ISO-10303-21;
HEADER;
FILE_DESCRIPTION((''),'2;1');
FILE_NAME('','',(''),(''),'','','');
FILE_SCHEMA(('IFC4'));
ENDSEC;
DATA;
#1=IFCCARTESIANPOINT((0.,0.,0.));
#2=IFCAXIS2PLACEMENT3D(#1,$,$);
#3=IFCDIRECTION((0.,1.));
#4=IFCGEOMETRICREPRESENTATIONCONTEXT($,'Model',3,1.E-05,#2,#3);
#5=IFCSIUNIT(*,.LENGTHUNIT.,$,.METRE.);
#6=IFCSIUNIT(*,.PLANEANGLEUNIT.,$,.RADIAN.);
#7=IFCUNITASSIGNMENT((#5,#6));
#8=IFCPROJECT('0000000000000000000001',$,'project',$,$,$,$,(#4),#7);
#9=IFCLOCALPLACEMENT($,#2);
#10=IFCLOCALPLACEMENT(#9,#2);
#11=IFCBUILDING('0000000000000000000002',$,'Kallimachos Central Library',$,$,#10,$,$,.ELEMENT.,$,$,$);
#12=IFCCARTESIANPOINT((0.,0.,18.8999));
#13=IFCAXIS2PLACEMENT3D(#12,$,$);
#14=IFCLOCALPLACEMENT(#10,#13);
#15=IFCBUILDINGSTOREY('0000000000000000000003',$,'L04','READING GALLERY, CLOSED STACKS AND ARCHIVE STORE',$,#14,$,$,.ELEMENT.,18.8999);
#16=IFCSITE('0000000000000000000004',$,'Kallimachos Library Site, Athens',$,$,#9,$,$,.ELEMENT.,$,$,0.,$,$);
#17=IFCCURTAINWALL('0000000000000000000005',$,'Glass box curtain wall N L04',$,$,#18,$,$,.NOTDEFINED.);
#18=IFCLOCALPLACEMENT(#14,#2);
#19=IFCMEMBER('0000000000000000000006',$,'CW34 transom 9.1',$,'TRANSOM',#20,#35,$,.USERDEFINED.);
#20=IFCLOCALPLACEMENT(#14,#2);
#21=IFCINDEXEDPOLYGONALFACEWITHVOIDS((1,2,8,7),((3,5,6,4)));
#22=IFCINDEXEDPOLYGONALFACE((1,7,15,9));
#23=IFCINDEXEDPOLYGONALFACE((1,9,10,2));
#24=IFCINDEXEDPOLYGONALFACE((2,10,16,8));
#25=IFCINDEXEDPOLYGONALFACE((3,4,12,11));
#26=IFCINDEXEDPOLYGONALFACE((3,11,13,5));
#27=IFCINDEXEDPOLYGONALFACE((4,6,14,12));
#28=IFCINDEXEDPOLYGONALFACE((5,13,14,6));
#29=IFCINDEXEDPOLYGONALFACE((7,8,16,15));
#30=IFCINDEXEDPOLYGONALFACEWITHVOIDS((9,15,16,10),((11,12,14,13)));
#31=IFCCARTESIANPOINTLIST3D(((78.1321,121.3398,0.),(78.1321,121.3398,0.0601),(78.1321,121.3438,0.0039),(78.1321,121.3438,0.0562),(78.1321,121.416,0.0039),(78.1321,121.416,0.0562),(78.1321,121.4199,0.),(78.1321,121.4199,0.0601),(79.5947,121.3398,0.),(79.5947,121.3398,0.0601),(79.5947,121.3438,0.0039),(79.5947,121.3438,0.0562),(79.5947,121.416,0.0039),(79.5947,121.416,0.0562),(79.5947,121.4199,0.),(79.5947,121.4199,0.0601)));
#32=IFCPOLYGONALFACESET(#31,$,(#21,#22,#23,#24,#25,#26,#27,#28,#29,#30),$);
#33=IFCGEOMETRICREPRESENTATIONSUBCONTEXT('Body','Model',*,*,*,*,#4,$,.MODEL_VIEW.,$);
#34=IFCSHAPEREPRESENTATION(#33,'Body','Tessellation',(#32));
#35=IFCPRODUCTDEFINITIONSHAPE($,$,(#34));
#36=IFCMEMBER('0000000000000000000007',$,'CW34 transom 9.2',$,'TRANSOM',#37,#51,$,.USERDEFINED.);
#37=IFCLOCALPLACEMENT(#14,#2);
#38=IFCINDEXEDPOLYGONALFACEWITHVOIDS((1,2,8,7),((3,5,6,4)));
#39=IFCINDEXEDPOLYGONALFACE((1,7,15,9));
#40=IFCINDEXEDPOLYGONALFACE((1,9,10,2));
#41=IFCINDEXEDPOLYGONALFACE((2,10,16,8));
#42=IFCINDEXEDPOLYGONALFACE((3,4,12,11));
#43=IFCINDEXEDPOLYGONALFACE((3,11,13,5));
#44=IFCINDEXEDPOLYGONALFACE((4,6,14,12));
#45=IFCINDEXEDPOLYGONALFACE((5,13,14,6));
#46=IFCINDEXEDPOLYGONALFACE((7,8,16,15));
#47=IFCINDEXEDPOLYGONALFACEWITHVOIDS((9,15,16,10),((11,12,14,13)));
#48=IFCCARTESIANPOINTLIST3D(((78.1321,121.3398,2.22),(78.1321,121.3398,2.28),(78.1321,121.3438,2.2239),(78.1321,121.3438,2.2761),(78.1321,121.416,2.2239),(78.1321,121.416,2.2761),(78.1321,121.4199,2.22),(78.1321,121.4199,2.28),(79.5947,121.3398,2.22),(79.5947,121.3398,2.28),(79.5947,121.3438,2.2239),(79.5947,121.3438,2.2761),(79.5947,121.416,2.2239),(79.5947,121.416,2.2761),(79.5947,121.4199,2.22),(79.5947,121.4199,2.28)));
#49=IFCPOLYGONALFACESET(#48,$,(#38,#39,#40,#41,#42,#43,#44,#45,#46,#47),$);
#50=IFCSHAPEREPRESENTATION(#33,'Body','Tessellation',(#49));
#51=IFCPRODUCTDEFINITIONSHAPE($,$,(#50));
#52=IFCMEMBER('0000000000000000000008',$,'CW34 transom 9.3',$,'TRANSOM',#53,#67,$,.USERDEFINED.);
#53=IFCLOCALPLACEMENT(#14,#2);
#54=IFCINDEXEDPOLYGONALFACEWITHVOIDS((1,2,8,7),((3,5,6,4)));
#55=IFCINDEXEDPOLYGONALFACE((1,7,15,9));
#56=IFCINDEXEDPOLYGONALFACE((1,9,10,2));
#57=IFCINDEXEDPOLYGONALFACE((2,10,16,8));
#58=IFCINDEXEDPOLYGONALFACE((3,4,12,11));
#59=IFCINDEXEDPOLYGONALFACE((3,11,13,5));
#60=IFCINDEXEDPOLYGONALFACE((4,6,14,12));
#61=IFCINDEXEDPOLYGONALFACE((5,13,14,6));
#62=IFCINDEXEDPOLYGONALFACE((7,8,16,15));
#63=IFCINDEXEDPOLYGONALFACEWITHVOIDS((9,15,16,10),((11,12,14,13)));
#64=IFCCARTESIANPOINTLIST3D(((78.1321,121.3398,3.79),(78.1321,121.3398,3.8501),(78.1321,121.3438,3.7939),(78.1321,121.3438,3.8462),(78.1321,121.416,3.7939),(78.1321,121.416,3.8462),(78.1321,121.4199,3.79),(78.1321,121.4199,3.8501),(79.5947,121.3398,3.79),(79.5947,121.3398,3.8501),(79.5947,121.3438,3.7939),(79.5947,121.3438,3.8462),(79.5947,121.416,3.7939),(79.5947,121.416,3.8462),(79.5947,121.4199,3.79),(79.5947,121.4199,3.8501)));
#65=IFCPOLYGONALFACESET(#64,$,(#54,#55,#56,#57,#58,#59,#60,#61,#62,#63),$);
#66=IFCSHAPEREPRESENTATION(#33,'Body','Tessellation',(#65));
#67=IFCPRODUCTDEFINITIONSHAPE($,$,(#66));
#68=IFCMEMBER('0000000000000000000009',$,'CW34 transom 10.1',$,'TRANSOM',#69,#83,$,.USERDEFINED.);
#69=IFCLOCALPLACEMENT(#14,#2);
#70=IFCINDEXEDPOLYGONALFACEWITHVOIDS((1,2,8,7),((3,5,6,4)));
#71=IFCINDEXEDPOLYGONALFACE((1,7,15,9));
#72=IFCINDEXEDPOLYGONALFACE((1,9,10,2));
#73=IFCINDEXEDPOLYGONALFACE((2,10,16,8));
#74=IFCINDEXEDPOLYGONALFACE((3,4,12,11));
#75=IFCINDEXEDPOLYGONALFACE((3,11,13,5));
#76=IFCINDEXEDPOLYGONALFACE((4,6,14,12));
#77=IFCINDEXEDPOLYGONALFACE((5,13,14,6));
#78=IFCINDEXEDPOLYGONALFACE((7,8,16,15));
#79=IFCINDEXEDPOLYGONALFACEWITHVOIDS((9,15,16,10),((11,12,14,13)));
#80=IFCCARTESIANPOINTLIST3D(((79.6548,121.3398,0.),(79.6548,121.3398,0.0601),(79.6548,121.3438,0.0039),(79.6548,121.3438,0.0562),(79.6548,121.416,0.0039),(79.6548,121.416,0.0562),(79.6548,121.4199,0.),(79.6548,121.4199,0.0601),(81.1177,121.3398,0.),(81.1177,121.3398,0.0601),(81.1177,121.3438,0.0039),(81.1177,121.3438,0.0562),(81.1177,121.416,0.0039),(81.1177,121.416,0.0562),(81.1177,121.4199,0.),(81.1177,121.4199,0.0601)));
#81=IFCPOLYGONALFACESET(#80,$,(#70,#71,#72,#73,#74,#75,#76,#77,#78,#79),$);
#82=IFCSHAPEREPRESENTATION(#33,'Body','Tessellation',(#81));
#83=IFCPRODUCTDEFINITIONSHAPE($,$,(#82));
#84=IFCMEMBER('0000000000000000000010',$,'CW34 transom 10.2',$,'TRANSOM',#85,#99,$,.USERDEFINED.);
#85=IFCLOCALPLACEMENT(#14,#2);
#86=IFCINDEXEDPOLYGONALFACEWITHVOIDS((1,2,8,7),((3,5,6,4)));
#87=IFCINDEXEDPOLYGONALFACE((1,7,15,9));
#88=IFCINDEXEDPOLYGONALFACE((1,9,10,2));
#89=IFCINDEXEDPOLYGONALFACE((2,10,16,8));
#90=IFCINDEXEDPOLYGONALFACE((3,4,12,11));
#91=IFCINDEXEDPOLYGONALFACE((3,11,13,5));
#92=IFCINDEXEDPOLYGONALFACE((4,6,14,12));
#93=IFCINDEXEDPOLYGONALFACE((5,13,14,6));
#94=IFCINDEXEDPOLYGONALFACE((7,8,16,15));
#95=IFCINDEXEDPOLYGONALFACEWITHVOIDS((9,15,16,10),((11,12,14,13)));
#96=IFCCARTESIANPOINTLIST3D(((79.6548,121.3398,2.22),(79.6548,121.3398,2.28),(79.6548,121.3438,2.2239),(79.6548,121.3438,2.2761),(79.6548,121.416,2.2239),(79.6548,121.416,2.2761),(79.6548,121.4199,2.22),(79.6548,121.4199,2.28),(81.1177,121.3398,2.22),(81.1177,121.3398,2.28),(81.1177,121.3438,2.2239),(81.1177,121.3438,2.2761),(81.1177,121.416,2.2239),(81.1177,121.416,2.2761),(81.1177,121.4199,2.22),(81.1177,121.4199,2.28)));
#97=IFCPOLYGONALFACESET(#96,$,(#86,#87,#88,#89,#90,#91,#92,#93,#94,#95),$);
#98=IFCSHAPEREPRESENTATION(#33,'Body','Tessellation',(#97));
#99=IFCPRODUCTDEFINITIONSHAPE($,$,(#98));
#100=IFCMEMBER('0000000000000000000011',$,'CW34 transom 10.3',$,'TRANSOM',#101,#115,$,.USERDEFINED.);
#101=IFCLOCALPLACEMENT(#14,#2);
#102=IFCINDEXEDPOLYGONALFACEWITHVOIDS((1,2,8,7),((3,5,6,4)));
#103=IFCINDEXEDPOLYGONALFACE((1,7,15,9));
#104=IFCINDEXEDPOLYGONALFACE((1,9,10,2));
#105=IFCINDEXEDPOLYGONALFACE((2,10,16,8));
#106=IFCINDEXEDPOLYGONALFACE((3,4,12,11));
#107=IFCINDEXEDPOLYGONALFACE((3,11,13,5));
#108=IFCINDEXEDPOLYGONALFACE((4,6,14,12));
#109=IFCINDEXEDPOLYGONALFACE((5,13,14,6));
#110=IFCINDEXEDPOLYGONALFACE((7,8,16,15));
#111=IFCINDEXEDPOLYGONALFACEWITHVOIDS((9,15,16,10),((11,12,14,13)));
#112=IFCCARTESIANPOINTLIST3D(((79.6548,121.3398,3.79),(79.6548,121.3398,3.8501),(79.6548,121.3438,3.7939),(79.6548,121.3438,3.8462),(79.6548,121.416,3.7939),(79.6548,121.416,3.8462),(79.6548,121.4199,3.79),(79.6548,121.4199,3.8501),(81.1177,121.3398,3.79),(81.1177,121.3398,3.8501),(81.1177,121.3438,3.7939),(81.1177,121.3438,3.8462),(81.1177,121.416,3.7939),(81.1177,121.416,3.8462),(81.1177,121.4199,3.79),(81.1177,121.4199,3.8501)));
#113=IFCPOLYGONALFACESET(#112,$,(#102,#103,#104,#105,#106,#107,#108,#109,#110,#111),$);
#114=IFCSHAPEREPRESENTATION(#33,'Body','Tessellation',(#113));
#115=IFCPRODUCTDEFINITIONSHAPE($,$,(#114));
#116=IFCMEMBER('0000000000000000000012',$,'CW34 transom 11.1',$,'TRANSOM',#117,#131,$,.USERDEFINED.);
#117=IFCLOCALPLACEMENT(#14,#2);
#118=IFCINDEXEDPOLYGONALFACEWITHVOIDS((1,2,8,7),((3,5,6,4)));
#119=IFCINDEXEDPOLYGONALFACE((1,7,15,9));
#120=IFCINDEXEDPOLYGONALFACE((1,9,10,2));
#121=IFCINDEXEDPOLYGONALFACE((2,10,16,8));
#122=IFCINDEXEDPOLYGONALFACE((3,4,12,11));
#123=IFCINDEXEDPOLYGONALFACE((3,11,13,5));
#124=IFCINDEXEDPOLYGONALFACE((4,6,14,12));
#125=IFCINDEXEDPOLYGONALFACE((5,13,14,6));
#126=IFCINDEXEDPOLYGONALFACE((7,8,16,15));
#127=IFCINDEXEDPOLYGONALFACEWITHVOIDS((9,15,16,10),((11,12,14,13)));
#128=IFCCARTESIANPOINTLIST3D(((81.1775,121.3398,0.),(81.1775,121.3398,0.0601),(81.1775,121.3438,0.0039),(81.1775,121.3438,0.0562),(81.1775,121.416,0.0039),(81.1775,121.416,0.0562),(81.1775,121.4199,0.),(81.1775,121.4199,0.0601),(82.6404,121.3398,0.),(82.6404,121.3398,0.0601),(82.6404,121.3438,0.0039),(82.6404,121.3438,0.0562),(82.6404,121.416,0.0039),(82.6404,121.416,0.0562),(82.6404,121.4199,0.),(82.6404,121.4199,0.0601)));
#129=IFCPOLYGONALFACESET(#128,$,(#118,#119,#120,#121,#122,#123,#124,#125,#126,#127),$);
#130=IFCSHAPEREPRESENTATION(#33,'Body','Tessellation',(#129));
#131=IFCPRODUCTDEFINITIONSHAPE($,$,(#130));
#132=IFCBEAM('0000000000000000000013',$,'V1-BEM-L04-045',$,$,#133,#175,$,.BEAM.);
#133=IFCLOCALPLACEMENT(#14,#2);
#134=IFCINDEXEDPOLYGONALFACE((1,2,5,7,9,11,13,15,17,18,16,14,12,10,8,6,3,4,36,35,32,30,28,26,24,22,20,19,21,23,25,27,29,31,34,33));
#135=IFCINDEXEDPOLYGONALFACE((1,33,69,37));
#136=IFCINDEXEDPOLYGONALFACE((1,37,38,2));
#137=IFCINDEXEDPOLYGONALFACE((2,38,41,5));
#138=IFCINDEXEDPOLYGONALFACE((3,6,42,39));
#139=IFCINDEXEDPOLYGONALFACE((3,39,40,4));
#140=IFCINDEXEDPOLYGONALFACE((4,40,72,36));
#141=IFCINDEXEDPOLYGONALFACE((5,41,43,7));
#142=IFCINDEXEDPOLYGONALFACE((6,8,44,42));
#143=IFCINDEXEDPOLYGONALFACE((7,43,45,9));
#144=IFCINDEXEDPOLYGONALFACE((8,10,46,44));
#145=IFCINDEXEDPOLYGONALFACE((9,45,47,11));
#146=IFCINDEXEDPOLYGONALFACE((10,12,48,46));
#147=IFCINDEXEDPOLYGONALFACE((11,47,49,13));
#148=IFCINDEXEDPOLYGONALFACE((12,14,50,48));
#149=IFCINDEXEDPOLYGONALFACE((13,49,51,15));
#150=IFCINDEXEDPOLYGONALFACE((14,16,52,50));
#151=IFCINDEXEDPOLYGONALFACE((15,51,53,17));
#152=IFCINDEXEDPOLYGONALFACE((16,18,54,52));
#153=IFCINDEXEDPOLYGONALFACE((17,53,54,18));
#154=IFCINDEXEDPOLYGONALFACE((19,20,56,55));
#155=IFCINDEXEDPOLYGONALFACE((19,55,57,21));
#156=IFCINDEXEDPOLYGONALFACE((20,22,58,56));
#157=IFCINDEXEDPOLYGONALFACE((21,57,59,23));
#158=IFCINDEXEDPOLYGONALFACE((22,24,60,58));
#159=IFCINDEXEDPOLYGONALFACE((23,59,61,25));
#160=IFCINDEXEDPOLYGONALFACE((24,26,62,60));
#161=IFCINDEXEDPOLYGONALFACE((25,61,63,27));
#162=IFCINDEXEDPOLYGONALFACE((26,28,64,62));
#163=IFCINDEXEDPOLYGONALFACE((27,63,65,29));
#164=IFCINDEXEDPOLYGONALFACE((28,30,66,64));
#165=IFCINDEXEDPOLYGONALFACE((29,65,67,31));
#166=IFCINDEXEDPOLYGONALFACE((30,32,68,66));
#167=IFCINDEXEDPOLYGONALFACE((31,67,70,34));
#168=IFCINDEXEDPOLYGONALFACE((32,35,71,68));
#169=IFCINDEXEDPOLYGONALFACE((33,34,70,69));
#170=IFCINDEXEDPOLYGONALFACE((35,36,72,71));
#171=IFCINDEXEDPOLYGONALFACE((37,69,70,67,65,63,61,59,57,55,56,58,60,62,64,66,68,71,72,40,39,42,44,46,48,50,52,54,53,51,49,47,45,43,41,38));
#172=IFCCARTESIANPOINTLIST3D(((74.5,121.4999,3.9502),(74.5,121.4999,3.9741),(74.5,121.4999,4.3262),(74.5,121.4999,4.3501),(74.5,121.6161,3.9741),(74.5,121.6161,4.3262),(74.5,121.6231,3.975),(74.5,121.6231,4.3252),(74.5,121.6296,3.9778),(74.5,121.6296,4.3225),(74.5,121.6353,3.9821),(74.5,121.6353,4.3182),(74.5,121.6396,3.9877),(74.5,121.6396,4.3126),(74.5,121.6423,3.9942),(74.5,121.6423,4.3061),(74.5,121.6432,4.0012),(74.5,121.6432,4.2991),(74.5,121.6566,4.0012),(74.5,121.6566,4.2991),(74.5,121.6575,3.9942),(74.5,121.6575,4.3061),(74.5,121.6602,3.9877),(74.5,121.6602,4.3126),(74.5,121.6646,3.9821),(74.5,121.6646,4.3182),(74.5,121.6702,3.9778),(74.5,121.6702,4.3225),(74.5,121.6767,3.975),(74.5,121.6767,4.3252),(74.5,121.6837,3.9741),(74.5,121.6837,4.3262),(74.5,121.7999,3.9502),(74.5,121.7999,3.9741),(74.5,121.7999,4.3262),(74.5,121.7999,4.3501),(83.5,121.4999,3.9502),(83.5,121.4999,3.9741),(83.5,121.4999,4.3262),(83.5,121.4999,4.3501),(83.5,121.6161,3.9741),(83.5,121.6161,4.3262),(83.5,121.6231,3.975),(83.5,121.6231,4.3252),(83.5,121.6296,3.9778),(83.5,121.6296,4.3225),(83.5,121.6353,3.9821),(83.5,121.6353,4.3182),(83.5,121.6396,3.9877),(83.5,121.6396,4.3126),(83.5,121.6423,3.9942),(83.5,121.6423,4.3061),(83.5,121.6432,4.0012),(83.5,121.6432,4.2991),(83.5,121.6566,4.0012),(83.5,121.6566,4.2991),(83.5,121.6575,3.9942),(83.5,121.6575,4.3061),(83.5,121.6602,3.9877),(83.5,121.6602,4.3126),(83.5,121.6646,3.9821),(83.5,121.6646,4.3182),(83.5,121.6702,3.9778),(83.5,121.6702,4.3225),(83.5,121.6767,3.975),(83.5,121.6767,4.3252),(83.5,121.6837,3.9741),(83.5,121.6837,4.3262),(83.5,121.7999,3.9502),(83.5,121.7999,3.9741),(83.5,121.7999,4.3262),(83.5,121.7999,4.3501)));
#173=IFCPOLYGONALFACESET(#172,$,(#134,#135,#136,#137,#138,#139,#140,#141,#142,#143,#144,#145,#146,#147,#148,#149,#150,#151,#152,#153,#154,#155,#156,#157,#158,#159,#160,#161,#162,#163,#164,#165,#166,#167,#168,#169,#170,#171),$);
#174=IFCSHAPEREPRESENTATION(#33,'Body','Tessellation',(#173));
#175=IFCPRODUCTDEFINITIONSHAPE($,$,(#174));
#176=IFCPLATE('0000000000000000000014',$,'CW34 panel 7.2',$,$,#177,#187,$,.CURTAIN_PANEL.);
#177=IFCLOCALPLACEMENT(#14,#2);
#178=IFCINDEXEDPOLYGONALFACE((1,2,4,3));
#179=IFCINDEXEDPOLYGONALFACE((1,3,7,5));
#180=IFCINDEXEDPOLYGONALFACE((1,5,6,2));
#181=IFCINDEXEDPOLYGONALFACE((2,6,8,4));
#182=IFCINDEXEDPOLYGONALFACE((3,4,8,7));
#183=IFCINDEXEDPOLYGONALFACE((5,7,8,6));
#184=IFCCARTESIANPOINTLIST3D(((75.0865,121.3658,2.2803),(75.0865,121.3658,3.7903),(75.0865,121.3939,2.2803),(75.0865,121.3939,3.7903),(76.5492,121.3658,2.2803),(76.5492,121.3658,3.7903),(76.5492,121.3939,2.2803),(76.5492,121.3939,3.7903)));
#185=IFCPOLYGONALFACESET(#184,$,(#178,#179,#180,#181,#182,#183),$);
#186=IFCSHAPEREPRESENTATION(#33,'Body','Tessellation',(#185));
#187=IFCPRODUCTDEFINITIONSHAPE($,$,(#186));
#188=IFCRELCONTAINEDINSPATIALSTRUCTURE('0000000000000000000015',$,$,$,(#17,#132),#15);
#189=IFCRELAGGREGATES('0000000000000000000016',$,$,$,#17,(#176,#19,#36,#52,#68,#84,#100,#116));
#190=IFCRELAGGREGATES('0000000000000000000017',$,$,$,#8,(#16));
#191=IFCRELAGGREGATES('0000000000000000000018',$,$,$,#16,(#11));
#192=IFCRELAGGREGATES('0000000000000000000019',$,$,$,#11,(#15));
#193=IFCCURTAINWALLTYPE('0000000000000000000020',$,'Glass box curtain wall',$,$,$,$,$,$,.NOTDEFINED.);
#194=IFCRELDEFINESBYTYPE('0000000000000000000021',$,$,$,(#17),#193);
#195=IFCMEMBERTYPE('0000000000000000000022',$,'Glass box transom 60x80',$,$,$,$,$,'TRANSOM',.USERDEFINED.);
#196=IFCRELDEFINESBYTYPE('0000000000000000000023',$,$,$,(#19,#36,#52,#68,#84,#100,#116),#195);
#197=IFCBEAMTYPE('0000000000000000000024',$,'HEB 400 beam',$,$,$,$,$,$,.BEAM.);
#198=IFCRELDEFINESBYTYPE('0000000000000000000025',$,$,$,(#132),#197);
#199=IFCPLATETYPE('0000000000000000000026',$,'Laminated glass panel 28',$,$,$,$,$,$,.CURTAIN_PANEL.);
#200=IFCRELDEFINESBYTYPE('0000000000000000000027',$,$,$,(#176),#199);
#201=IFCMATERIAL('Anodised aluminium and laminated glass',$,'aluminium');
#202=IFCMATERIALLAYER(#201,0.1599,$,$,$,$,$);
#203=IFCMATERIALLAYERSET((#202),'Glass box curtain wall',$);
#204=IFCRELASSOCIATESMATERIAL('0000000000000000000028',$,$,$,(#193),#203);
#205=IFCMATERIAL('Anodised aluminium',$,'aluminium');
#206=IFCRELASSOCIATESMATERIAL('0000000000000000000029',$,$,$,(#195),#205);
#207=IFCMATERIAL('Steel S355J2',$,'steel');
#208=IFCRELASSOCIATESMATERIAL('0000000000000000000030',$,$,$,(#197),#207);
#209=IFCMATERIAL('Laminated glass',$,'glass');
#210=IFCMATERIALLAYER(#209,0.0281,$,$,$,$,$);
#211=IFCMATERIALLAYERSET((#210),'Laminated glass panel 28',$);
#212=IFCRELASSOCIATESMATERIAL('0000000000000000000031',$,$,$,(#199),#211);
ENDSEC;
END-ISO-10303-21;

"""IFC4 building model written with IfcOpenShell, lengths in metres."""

from ifc_helpers import new_model, si_unit, direction, frame, origin, origin_2d, place, context, subcontext, project, spatial, rectangle, hollow_rectangle, i_section, extrude, material, layer, layer_set, material_profile, profile_set, type_object, element, aggregate, save


model = new_model("IFC4")

# Units and contexts
model_context = context("Model", 3, precision=1e-05, world=origin(), true_north=direction((0.0, 1.0)))
body_context = subcontext(model_context, "Body", "Model", "MODEL_VIEW")
ifc_project = project(units=[si_unit("LENGTHUNIT", "METRE"), si_unit("PLANEANGLEUNIT", "RADIAN")], contexts=[model_context])

# Site, building, storey
site_placement = place(None, origin())
site = spatial("IfcSite", under=ifc_project, at=site_placement, Name="Kallimachos Library Site, Athens", CompositionType="ELEMENT", RefElevation=0.0)
building_placement = place(site_placement, origin())
building = spatial("IfcBuilding", under=site, at=building_placement, Name="Kallimachos Central Library", CompositionType="ELEMENT")
storey_placement = place(building_placement, frame((0.0, 0.0, 18.8999)))
storey = spatial("IfcBuildingStorey", under=building, at=storey_placement, Name="L04", Description="READING GALLERY, CLOSED STACKS AND ARCHIVE STORE", CompositionType="ELEMENT", Elevation=18.8999)

# Curtain wall, members
ifc_material_1 = material(Name="Anodised aluminium and laminated glass", Category="aluminium")
ifc_layer_1 = layer(ifc_material_1, 0.1599)
ifc_layer_set_1 = layer_set([ifc_layer_1], Name="Glass box curtain wall")
curtain_wall_type = type_object("IfcCurtainWallType", Name="Glass box curtain wall", PredefinedType="NOTDEFINED", material=ifc_layer_set_1)
curtain_wall_placement = place(storey_placement, origin())
curtain_wall = element("IfcCurtainWall", 1, at=curtain_wall_placement, inside=storey, type_object=curtain_wall_type, Name="Glass box curtain wall N L04", PredefinedType="NOTDEFINED")
ifc_material_2 = material(Name="Anodised aluminium", Category="aluminium")
ifc_material_profile_1 = material_profile(ifc_material_2, hollow_rectangle(XDim=0.0601, YDim=0.0801, WallThickness=0.0039, at=origin_2d()), Name="ALU TRANSOM 60x80")
ifc_profile_set_1 = profile_set([ifc_material_profile_1], Name="Anodised aluminium")
member_type_1 = type_object("IfcMemberType", Name="Glass box transom 60x80", ElementType="TRANSOM", PredefinedType="USERDEFINED", material=ifc_profile_set_1)
member_1_placement = place(storey_placement, frame((78.1321, 121.3799, 0.03), z_axis=(1.0, 0.0, 0.0), x_axis=(0.0, 0.0, 1.0)))
member_1 = element("IfcMember", 2, at=member_1_placement, type_object=member_type_1, Name="CW34 transom 9.1", ObjectType="TRANSOM", PredefinedType="USERDEFINED", context=body_context, shape_type="SweptSolid", body=[
    extrude(hollow_rectangle(XDim=0.0601, YDim=0.0801, WallThickness=0.0039, at=origin_2d()), origin(), (0.0, 0.0, 1.0), 1.4626),
])
member_2_placement = place(storey_placement, frame((78.1321, 121.3799, 2.25), z_axis=(1.0, 0.0, 0.0), x_axis=(0.0, 0.0, 1.0)))
member_2 = element("IfcMember", 3, at=member_2_placement, type_object=member_type_1, Name="CW34 transom 9.2", ObjectType="TRANSOM", PredefinedType="USERDEFINED", context=body_context, shape_type="SweptSolid", body=[
    extrude(hollow_rectangle(XDim=0.0601, YDim=0.0801, WallThickness=0.0039, at=origin_2d()), origin(), (0.0, 0.0, 1.0), 1.4626),
])
member_3_placement = place(storey_placement, frame((78.1321, 121.3799, 3.8201), z_axis=(1.0, 0.0, 0.0), x_axis=(0.0, 0.0, 1.0)))
member_3 = element("IfcMember", 4, at=member_3_placement, type_object=member_type_1, Name="CW34 transom 9.3", ObjectType="TRANSOM", PredefinedType="USERDEFINED", context=body_context, shape_type="SweptSolid", body=[
    extrude(hollow_rectangle(XDim=0.0601, YDim=0.0801, WallThickness=0.0039, at=origin_2d()), origin(), (0.0, 0.0, 1.0), 1.4626),
])
member_4_placement = place(storey_placement, frame((79.6548, 121.3799, 0.03), z_axis=(1.0, 0.0, 0.0), x_axis=(0.0, 0.0, 1.0)))
member_4 = element("IfcMember", 5, at=member_4_placement, type_object=member_type_1, Name="CW34 transom 10.1", ObjectType="TRANSOM", PredefinedType="USERDEFINED", context=body_context, shape_type="SweptSolid", body=[
    extrude(hollow_rectangle(XDim=0.0601, YDim=0.0801, WallThickness=0.0039, at=origin_2d()), origin(), (0.0, 0.0, 1.0), 1.4629),
])
member_5_placement = place(storey_placement, frame((79.6548, 121.3799, 2.25), z_axis=(1.0, 0.0, 0.0), x_axis=(0.0, 0.0, 1.0)))
member_5 = element("IfcMember", 6, at=member_5_placement, type_object=member_type_1, Name="CW34 transom 10.2", ObjectType="TRANSOM", PredefinedType="USERDEFINED", context=body_context, shape_type="SweptSolid", body=[
    extrude(hollow_rectangle(XDim=0.0601, YDim=0.0801, WallThickness=0.0039, at=origin_2d()), origin(), (0.0, 0.0, 1.0), 1.4629),
])
member_6_placement = place(storey_placement, frame((79.6548, 121.3799, 3.8201), z_axis=(1.0, 0.0, 0.0), x_axis=(0.0, 0.0, 1.0)))
member_6 = element("IfcMember", 7, at=member_6_placement, type_object=member_type_1, Name="CW34 transom 10.3", ObjectType="TRANSOM", PredefinedType="USERDEFINED", context=body_context, shape_type="SweptSolid", body=[
    extrude(hollow_rectangle(XDim=0.0601, YDim=0.0801, WallThickness=0.0039, at=origin_2d()), origin(), (0.0, 0.0, 1.0), 1.4629),
])
member_7_placement = place(storey_placement, frame((81.1775, 121.3799, 0.03), z_axis=(1.0, 0.0, 0.0), x_axis=(0.0, 0.0, 1.0)))
member_7 = element("IfcMember", 8, at=member_7_placement, type_object=member_type_1, Name="CW34 transom 11.1", ObjectType="TRANSOM", PredefinedType="USERDEFINED", context=body_context, shape_type="SweptSolid", body=[
    extrude(hollow_rectangle(XDim=0.0601, YDim=0.0801, WallThickness=0.0039, at=origin_2d()), origin(), (0.0, 0.0, 1.0), 1.4629),
])

# Beam
ifc_material_3 = material(Name="Steel S355J2", Category="steel")
ifc_material_profile_2 = material_profile(ifc_material_3, i_section(OverallWidth=0.3, OverallDepth=0.3999, WebThickness=0.0134, FlangeThickness=0.0239, FilletRadius=0.0271, at=origin_2d()), Name="HEB 400")
ifc_profile_set_2 = profile_set([ifc_material_profile_2], Name="Steel S355J2")
beam_type = type_object("IfcBeamType", Name="HEB 400 beam", PredefinedType="BEAM", material=ifc_profile_set_2)
beam_placement = place(storey_placement, frame((74.5, 121.6499, 4.1501), z_axis=(1.0, 0.0, 0.0), x_axis=(0.0, 1.0, 0.0)))
element("IfcBeam", 9, at=beam_placement, inside=storey, type_object=beam_type, Name="V1-BEM-L04-045", PredefinedType="BEAM", context=body_context, shape_type="SweptSolid", body=[
    extrude(i_section(OverallWidth=0.3, OverallDepth=0.3999, WebThickness=0.0134, FlangeThickness=0.0239, FilletRadius=0.0271, at=origin_2d()), origin(), (0.0, 0.0, 1.0), 9.0),
])

# Plate
ifc_material_4 = material(Name="Laminated glass", Category="glass")
ifc_layer_2 = layer(ifc_material_4, 0.0281)
ifc_layer_set_2 = layer_set([ifc_layer_2], Name="Laminated glass panel 28")
plate_type = type_object("IfcPlateType", Name="Laminated glass panel 28", PredefinedType="CURTAIN_PANEL", material=ifc_layer_set_2)
plate_1_placement = place(storey_placement, frame((75.8179, 121.3799, 2.2803), z_axis=(0.0, 0.0, 1.0), x_axis=(1.0, 0.0, 0.0)))
plate_1 = element("IfcPlate", 10, at=plate_1_placement, type_object=plate_type, Name="CW34 panel 7.2", PredefinedType="CURTAIN_PANEL", context=body_context, shape_type="SweptSolid", body=[
    extrude(rectangle(XDim=1.4626, YDim=0.0281, at=origin_2d()), origin(), (0.0, 0.0, 1.0), 1.51),
])
aggregate(curtain_wall, [plate_1, member_1, member_2, member_3, member_4, member_5, member_6, member_7])

save(model, "model.ifc")
